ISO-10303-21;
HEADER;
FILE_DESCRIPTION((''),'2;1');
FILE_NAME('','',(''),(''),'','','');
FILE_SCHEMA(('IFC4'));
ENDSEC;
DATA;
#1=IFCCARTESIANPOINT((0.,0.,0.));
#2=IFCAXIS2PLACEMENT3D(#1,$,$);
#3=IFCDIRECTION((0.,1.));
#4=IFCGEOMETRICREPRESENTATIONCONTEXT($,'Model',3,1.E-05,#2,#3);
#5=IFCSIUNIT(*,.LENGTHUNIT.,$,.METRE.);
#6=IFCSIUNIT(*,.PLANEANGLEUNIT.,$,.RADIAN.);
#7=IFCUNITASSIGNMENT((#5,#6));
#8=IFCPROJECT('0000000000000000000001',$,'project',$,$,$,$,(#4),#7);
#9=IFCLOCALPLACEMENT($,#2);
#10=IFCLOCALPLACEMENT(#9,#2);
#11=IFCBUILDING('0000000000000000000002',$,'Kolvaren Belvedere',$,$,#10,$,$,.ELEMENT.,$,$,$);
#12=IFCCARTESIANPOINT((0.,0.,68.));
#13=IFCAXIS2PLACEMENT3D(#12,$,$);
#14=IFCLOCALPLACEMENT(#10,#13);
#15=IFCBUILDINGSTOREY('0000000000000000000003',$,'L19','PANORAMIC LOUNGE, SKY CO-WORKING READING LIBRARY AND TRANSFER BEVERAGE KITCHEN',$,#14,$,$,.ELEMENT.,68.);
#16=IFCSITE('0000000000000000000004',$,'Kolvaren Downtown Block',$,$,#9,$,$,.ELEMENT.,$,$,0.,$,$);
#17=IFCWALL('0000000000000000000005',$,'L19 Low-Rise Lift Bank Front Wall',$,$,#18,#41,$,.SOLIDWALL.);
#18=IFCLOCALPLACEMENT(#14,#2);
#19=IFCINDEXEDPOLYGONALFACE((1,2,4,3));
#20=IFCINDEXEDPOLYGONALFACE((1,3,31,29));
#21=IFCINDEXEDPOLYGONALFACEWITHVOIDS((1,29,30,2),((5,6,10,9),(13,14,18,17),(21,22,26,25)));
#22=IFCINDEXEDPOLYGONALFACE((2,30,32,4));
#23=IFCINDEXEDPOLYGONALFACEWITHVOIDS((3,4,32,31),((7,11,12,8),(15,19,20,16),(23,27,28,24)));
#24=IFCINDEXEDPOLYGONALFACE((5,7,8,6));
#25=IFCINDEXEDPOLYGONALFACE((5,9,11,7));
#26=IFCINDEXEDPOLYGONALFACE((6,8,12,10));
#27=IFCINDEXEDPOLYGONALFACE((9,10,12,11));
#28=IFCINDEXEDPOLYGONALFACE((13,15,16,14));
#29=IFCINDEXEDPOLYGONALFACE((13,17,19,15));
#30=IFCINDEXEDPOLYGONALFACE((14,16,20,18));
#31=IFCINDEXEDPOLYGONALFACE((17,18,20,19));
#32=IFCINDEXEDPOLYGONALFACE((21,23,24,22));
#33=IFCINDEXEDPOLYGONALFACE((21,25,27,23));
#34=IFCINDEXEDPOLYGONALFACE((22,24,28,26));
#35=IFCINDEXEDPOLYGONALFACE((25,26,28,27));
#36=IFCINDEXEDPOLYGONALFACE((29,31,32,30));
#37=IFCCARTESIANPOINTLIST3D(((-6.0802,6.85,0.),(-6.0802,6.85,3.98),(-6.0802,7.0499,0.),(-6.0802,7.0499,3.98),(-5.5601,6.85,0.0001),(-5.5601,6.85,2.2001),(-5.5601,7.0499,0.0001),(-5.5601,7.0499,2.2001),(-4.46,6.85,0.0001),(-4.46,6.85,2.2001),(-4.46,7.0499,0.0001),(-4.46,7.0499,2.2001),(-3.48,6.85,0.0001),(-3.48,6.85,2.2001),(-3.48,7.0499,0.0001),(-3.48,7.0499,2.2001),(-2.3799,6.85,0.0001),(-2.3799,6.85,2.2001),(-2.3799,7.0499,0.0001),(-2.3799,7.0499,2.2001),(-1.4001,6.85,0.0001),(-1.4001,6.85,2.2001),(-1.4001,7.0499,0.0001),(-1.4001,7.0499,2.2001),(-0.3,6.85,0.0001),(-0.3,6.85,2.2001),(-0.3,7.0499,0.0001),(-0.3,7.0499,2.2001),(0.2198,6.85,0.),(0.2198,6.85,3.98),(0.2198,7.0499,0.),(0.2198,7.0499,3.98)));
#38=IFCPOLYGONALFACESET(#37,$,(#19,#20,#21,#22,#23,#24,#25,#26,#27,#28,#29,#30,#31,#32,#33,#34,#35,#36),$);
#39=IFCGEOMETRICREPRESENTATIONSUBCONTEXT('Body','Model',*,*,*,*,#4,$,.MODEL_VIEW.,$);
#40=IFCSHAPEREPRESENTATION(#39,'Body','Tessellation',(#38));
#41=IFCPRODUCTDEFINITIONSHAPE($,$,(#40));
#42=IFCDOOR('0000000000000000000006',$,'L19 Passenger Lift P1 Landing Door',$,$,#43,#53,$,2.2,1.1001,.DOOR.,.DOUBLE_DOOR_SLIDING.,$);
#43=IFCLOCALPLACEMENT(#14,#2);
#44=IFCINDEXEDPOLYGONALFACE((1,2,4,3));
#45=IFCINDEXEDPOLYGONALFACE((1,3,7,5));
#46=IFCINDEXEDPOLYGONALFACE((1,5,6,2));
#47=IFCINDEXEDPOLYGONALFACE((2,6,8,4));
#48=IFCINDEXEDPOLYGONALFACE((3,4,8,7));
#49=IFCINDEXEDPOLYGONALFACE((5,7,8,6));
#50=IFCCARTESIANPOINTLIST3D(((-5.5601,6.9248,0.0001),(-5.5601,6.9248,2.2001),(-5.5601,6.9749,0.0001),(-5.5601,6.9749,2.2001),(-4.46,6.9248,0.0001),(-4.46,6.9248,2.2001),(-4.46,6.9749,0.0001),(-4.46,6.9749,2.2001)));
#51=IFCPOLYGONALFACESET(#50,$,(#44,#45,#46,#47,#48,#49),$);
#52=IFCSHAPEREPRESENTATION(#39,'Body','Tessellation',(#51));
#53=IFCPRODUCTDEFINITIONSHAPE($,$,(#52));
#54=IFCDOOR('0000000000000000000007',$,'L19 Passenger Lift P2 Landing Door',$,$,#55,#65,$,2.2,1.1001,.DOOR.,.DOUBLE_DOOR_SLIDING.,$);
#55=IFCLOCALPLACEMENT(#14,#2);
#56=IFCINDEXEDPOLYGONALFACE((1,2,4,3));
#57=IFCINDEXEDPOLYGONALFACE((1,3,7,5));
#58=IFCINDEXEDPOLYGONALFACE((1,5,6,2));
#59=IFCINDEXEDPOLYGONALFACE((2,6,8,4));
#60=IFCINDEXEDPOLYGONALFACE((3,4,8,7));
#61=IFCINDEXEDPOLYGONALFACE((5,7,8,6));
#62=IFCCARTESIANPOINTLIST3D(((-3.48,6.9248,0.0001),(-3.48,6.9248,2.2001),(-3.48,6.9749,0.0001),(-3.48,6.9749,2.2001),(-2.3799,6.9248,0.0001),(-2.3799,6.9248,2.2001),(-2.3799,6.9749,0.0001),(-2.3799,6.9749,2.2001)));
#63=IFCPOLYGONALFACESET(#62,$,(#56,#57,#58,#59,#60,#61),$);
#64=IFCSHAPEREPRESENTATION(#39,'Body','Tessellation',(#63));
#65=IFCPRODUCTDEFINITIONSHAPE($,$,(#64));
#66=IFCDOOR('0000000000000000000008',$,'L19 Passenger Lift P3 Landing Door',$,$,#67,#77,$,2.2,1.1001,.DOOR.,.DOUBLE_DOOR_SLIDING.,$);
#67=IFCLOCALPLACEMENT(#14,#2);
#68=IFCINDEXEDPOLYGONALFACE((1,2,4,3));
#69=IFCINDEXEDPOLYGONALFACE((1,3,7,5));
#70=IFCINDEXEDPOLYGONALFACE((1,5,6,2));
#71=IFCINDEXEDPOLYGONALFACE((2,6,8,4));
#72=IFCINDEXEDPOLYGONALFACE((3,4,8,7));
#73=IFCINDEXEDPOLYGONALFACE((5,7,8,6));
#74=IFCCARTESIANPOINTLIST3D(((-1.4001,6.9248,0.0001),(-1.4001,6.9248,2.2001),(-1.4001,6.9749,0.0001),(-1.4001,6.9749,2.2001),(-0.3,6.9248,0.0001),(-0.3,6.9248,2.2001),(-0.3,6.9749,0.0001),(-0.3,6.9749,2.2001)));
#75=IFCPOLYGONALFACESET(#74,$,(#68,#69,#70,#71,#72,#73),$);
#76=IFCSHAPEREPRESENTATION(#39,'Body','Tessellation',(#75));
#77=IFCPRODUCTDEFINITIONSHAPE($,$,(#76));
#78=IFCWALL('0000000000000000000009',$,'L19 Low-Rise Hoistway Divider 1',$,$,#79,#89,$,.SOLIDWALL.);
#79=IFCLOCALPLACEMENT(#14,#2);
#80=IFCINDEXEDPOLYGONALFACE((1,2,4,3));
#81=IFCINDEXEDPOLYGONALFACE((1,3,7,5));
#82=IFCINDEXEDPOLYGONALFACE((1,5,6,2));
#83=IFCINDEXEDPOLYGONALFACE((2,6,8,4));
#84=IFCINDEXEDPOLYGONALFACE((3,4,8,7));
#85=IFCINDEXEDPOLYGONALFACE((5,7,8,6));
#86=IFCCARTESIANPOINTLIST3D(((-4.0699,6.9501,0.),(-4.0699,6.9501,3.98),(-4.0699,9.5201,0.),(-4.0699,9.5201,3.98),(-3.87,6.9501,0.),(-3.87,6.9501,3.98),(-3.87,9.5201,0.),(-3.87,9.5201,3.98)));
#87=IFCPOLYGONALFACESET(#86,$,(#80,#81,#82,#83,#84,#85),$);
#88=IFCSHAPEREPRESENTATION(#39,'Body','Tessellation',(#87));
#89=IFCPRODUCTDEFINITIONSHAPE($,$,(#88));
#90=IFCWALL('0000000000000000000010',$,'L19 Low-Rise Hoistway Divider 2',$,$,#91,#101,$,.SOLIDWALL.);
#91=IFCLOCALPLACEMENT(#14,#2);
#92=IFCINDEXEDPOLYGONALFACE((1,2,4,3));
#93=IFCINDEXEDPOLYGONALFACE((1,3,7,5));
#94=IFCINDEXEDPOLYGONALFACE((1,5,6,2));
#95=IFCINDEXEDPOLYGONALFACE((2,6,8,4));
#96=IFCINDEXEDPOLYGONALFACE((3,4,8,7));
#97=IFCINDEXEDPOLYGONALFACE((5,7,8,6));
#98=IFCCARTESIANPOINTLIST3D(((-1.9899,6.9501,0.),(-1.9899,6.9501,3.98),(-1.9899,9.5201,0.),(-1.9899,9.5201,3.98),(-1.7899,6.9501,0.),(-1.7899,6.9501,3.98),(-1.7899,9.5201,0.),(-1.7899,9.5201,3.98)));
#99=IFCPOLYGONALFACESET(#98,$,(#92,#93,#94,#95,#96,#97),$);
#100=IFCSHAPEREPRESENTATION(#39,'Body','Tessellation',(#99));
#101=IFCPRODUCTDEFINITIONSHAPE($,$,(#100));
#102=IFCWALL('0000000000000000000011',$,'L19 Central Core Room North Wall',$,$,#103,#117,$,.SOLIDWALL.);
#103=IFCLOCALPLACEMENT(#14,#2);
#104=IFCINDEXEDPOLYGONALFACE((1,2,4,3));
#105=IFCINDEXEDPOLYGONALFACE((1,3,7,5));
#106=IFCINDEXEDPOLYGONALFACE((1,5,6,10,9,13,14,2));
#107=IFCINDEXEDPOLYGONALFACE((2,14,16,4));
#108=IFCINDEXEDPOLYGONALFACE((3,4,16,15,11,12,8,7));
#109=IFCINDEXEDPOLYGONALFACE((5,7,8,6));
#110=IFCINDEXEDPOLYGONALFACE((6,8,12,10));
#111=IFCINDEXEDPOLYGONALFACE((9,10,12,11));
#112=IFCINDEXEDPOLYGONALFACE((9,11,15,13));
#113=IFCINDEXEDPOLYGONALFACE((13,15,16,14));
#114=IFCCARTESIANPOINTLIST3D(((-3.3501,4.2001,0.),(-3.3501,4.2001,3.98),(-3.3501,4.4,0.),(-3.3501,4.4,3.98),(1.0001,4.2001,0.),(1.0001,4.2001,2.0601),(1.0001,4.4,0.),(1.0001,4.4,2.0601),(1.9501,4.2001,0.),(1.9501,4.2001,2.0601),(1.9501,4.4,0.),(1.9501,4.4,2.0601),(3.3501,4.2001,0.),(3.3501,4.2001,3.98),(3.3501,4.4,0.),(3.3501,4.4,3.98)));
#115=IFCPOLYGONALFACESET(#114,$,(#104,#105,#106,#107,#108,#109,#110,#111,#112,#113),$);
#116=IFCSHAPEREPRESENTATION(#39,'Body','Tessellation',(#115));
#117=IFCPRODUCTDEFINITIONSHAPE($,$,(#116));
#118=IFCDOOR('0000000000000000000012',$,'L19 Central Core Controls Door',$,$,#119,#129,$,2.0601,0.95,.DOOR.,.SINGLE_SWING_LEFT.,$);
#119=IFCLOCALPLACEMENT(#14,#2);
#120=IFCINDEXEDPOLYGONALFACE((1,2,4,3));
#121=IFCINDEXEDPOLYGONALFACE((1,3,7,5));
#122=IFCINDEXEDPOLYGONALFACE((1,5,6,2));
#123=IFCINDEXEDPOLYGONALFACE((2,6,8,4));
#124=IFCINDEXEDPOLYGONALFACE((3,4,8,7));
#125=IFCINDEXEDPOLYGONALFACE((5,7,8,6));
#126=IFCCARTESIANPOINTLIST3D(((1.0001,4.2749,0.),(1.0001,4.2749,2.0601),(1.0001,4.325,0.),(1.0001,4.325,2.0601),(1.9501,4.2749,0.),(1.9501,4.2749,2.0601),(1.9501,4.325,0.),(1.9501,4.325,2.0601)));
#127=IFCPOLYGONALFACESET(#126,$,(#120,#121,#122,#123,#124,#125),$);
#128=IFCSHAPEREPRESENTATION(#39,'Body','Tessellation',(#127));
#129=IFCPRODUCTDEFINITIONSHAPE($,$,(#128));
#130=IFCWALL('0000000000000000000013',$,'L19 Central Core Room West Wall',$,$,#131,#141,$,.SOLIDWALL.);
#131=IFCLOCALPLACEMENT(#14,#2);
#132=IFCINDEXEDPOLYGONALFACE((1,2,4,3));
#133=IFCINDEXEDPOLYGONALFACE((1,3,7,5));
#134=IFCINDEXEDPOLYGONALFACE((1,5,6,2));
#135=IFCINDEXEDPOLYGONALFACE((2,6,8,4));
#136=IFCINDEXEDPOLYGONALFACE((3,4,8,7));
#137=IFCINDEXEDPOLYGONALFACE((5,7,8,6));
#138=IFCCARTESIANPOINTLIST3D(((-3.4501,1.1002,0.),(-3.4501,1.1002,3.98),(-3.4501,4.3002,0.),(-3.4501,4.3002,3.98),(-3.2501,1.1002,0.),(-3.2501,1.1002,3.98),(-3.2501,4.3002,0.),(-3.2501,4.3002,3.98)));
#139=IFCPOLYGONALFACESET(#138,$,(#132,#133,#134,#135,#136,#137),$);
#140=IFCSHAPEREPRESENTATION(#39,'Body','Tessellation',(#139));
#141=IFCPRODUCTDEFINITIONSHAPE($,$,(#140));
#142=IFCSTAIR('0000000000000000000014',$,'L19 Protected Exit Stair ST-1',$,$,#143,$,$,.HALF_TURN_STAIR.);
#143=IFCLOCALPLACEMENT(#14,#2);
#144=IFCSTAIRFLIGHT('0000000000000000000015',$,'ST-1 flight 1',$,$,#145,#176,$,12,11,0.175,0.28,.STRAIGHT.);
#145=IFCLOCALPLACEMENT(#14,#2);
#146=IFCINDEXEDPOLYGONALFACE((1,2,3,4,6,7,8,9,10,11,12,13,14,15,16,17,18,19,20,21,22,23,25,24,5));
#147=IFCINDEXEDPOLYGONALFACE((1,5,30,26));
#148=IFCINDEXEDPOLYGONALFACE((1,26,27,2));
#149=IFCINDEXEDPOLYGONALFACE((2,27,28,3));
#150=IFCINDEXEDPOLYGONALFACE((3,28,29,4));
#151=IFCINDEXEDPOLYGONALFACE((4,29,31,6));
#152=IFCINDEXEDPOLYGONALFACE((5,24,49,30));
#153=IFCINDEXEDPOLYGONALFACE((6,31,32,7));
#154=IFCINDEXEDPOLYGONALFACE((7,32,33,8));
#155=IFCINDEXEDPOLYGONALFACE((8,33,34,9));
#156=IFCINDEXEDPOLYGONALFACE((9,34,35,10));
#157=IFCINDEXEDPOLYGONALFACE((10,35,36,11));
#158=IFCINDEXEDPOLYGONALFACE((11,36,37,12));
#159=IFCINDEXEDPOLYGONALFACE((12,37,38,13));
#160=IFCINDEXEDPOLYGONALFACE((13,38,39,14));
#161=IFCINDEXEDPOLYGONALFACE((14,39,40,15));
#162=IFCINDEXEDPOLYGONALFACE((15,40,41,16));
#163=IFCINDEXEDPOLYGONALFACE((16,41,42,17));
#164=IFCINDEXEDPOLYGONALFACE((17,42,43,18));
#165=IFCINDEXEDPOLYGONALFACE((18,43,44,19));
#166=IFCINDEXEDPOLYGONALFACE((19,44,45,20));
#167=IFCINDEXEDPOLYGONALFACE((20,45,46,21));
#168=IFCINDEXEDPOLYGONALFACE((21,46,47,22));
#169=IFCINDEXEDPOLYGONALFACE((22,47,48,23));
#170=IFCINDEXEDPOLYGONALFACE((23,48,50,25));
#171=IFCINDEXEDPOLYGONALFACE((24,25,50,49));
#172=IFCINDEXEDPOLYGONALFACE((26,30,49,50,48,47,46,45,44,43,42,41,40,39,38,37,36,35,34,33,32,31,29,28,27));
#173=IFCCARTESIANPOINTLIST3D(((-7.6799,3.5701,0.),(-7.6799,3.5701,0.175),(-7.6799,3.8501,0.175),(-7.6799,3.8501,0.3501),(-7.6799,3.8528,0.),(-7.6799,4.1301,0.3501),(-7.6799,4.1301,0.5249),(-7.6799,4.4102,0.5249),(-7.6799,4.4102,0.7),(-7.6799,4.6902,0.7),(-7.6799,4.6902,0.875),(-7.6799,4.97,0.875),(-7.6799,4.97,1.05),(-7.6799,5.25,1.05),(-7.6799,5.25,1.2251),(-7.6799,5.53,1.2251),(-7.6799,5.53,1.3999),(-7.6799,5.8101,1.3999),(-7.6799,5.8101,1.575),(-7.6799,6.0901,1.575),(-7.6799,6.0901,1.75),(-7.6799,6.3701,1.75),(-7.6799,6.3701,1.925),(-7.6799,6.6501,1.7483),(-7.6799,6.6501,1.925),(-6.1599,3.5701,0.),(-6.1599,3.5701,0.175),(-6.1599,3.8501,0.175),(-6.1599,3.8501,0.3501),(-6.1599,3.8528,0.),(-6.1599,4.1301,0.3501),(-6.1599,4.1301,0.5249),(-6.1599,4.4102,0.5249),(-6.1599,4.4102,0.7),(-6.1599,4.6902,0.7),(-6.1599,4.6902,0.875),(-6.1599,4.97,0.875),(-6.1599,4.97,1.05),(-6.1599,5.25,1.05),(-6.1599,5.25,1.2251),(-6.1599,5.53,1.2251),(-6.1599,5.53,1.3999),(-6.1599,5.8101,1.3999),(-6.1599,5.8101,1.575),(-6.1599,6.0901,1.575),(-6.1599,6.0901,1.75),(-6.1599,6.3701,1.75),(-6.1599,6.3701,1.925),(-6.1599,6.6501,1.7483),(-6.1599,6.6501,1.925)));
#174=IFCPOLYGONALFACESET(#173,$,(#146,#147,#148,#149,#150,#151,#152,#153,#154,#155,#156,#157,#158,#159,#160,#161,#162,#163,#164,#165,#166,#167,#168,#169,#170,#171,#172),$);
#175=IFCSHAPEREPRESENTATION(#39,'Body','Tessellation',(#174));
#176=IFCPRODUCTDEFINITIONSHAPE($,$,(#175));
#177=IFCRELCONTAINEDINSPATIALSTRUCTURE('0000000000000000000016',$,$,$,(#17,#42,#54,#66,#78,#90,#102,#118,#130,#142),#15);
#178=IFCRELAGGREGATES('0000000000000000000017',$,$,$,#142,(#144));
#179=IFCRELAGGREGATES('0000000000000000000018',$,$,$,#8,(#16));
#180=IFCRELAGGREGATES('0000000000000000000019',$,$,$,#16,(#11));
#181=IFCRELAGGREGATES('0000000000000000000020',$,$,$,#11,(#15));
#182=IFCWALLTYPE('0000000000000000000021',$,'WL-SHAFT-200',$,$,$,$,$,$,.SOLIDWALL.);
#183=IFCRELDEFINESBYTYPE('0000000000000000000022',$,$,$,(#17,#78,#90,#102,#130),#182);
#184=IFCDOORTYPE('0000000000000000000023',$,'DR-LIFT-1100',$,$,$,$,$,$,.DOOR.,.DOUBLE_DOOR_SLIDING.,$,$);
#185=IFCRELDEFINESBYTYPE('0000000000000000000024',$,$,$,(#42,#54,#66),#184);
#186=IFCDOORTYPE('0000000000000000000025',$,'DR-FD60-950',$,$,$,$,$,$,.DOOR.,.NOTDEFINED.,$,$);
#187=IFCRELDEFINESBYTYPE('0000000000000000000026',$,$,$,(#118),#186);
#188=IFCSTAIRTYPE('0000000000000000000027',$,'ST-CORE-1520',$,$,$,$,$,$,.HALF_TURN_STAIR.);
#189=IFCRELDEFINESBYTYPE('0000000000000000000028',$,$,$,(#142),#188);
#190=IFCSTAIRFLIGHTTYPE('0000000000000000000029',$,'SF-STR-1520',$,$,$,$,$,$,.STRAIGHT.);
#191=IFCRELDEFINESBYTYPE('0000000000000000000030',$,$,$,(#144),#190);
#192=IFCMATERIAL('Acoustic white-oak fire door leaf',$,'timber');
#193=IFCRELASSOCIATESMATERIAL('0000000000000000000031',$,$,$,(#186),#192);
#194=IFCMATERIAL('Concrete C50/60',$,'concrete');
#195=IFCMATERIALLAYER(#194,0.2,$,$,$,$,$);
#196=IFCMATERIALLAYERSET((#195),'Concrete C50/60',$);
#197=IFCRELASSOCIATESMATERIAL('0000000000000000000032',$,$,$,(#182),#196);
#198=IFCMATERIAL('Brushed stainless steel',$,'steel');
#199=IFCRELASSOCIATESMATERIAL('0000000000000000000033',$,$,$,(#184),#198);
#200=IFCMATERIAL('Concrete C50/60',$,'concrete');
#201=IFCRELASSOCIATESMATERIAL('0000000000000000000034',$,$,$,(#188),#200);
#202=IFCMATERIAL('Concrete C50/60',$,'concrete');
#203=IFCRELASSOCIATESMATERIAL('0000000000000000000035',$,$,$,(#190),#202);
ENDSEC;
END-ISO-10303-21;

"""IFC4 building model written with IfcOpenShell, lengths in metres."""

from ifc_helpers import new_model, si_unit, direction, frame, frame_2d, origin, place, context, subcontext, project, spatial, polyline, rectangle, outline, extrude, material, layer, layer_set, type_object, element, fill, aggregate, save


model = new_model("IFC4")

# Units and contexts
model_context = context("Model", 3, precision=1e-05, world=origin(), true_north=direction((0.0, 1.0)))
body_context = subcontext(model_context, "Body", "Model", "MODEL_VIEW")
ifc_project = project(units=[si_unit("LENGTHUNIT", "METRE"), si_unit("PLANEANGLEUNIT", "RADIAN")], contexts=[model_context])

# Site, building, storey
site_placement = place(None, origin())
site = spatial("IfcSite", under=ifc_project, at=site_placement, Name="Kolvaren Downtown Block", CompositionType="ELEMENT", RefElevation=0.0)
building_placement = place(site_placement, origin())
building = spatial("IfcBuilding", under=site, at=building_placement, Name="Kolvaren Belvedere", CompositionType="ELEMENT")
storey_placement = place(building_placement, frame((0.0, 0.0, 68.0)))
storey = spatial("IfcBuildingStorey", under=building, at=storey_placement, Name="L19", Description="PANORAMIC LOUNGE, SKY CO-WORKING READING LIBRARY AND TRANSFER BEVERAGE KITCHEN", CompositionType="ELEMENT", Elevation=68.0)

# Shared definitions
ifc_material_1 = material(Name="Acoustic white-oak fire door leaf", Category="timber")
door_type_1 = type_object("IfcDoorType", Name="DR-FD60-950", OperationType="NOTDEFINED", PredefinedType="DOOR", material=ifc_material_1)

# Shared definitions
ifc_material_2 = material(Name="Concrete C50/60", Category="concrete")
ifc_layer_1 = layer(ifc_material_2, 0.2)
ifc_layer_set_1 = layer_set([ifc_layer_1], Name="Concrete C50/60")
wall_type_1 = type_object("IfcWallType", Name="WL-SHAFT-200", PredefinedType="SOLIDWALL", material=ifc_layer_set_1)

# Wall, openings, doors
wall_1_placement = place(storey_placement, frame((-6.0801, 6.95, 0.0), z_axis=(0.0, 0.0, 1.0), x_axis=(1.0, 0.0, 0.0)))
wall_1 = element("IfcWall", 1, at=wall_1_placement, inside=storey, type_object=wall_type_1, Name="L19 Low-Rise Lift Bank Front Wall", PredefinedType="SOLIDWALL", context=body_context, shape_type="SweptSolid", body=[
    extrude(rectangle(XDim=6.3, YDim=0.2, at=frame_2d((3.1499, 0.0))), origin(), (0.0, 0.0, 1.0), 3.98),
])
opening_1_placement = place(wall_1_placement, frame((0.52, 0.0, 0.0)))
opening_1 = element("IfcOpeningElement", 2, at=opening_1_placement, cuts=wall_1, PredefinedType="OPENING", context=body_context, shape_type="SweptSolid", body=[
    extrude(rectangle(XDim=1.1001, YDim=2.2, at=frame_2d((0.55, 1.1001))), frame((0.0, 0.1099, 0.0), z_axis=(0.0, -1.0, 0.0), x_axis=(1.0, 0.0, 0.0)), (0.0, 0.0, 1.0), 0.22),
])
opening_2_placement = place(wall_1_placement, frame((2.6001, 0.0, 0.0)))
opening_2 = element("IfcOpeningElement", 3, at=opening_2_placement, cuts=wall_1, PredefinedType="OPENING", context=body_context, shape_type="SweptSolid", body=[
    extrude(rectangle(XDim=1.1001, YDim=2.2, at=frame_2d((0.55, 1.1001))), frame((0.0, 0.1099, 0.0), z_axis=(0.0, -1.0, 0.0), x_axis=(1.0, 0.0, 0.0)), (0.0, 0.0, 1.0), 0.22),
])
opening_3_placement = place(wall_1_placement, frame((4.6799, 0.0, 0.0)))
opening_3 = element("IfcOpeningElement", 4, at=opening_3_placement, cuts=wall_1, PredefinedType="OPENING", context=body_context, shape_type="SweptSolid", body=[
    extrude(rectangle(XDim=1.1001, YDim=2.2, at=frame_2d((0.55, 1.1001))), frame((0.0, 0.1099, 0.0), z_axis=(0.0, -1.0, 0.0), x_axis=(1.0, 0.0, 0.0)), (0.0, 0.0, 1.0), 0.22),
])
ifc_material_3 = material(Name="Brushed stainless steel", Category="steel")
door_type_2 = type_object("IfcDoorType", Name="DR-LIFT-1100", OperationType="DOUBLE_DOOR_SLIDING", PredefinedType="DOOR", material=ifc_material_3)
door_1_placement = place(opening_1_placement, origin())
door_1 = element("IfcDoor", 5, at=door_1_placement, inside=storey, type_object=door_type_2, Name="L19 Passenger Lift P1 Landing Door", OperationType="DOUBLE_DOOR_SLIDING", OverallHeight=2.2, OverallWidth=1.1001, PredefinedType="DOOR", context=body_context, shape_type="SweptSolid", body=[
    extrude(rectangle(XDim=1.1001, YDim=2.2, at=frame_2d((0.55, 1.1001))), frame((0.0, 0.0249, 0.0), z_axis=(0.0, -1.0, 0.0), x_axis=(1.0, 0.0, 0.0)), (0.0, 0.0, 1.0), 0.05),
])
fill(opening_1, door_1)
door_2_placement = place(opening_2_placement, origin())
door_2 = element("IfcDoor", 6, at=door_2_placement, inside=storey, type_object=door_type_2, Name="L19 Passenger Lift P2 Landing Door", OperationType="DOUBLE_DOOR_SLIDING", OverallHeight=2.2, OverallWidth=1.1001, PredefinedType="DOOR", context=body_context, shape_type="SweptSolid", body=[
    extrude(rectangle(XDim=1.1001, YDim=2.2, at=frame_2d((0.55, 1.1001))), frame((0.0, 0.0249, 0.0), z_axis=(0.0, -1.0, 0.0), x_axis=(1.0, 0.0, 0.0)), (0.0, 0.0, 1.0), 0.05),
])
fill(opening_2, door_2)
door_3_placement = place(opening_3_placement, origin())
door_3 = element("IfcDoor", 7, at=door_3_placement, inside=storey, type_object=door_type_2, Name="L19 Passenger Lift P3 Landing Door", OperationType="DOUBLE_DOOR_SLIDING", OverallHeight=2.2, OverallWidth=1.1001, PredefinedType="DOOR", context=body_context, shape_type="SweptSolid", body=[
    extrude(rectangle(XDim=1.1001, YDim=2.2, at=frame_2d((0.55, 1.1001))), frame((0.0, 0.0249, 0.0), z_axis=(0.0, -1.0, 0.0), x_axis=(1.0, 0.0, 0.0)), (0.0, 0.0, 1.0), 0.05),
])
fill(opening_3, door_3)

# Walls
for number, where, z_axis, x_axis, name in (
    (8, (-3.97, 6.95, 0.0), (0.0, 0.0, 1.0), (0.0, 1.0, 0.0), "L19 Low-Rise Hoistway Divider 1"),
    (9, (-1.8899, 6.95, 0.0), (0.0, 0.0, 1.0), (0.0, 1.0, 0.0), "L19 Low-Rise Hoistway Divider 2"),
):
    element("IfcWall", number, at=place(storey_placement, frame(where, z_axis=z_axis, x_axis=x_axis)), inside=storey, type_object=wall_type_1, Name=name, PredefinedType="SOLIDWALL", context=body_context, shape_type="SweptSolid", body=[
        extrude(rectangle(XDim=2.5701, YDim=0.2, at=frame_2d((1.2852, 0.0))), origin(), (0.0, 0.0, 1.0), 3.98),
    ])

# Wall, opening, door
wall_2_placement = place(storey_placement, frame((-3.3501, 4.3, 0.0), z_axis=(0.0, 0.0, 1.0), x_axis=(1.0, 0.0, 0.0)))
wall_2 = element("IfcWall", 10, at=wall_2_placement, inside=storey, type_object=wall_type_1, Name="L19 Central Core Room North Wall", PredefinedType="SOLIDWALL", context=body_context, shape_type="SweptSolid", body=[
    extrude(rectangle(XDim=6.7002, YDim=0.2, at=frame_2d((3.3501, 0.0))), origin(), (0.0, 0.0, 1.0), 3.98),
])
opening_4_placement = place(wall_2_placement, frame((4.3501, 0.0, 0.0)))
opening_4 = element("IfcOpeningElement", 11, at=opening_4_placement, cuts=wall_2, PredefinedType="OPENING", context=body_context, shape_type="SweptSolid", body=[
    extrude(rectangle(XDim=0.95, YDim=2.0601, at=frame_2d((0.4751, 1.03))), frame((0.0, 0.1099, 0.0), z_axis=(0.0, -1.0, 0.0), x_axis=(1.0, 0.0, 0.0)), (0.0, 0.0, 1.0), 0.22),
])
door_4_placement = place(opening_4_placement, origin())
door_4 = element("IfcDoor", 12, at=door_4_placement, inside=storey, type_object=door_type_1, Name="L19 Central Core Controls Door", OperationType="SINGLE_SWING_LEFT", OverallHeight=2.0601, OverallWidth=0.95, PredefinedType="DOOR", context=body_context, shape_type="SweptSolid", body=[
    extrude(rectangle(XDim=0.95, YDim=2.0601, at=frame_2d((0.4751, 1.03))), frame((0.0, 0.0249, 0.0), z_axis=(0.0, -1.0, 0.0), x_axis=(1.0, 0.0, 0.0)), (0.0, 0.0, 1.0), 0.05),
])
fill(opening_4, door_4)

# Wall
wall_3_placement = place(storey_placement, frame((-3.3501, 1.1001, 0.0), z_axis=(0.0, 0.0, 1.0), x_axis=(0.0, 1.0, 0.0)))
element("IfcWall", 13, at=wall_3_placement, inside=storey, type_object=wall_type_1, Name="L19 Central Core Room West Wall", PredefinedType="SOLIDWALL", context=body_context, shape_type="SweptSolid", body=[
    extrude(rectangle(XDim=3.2, YDim=0.2, at=frame_2d((1.6001, 0.0))), origin(), (0.0, 0.0, 1.0), 3.98),
])

# Stair, stair flight
ifc_material_4 = material(Name="Concrete C50/60", Category="concrete")
stair_type = type_object("IfcStairType", Name="ST-CORE-1520", PredefinedType="HALF_TURN_STAIR", material=ifc_material_4)
stair_placement = place(storey_placement, origin())
stair = element("IfcStair", 14, at=stair_placement, inside=storey, type_object=stair_type, Name="L19 Protected Exit Stair ST-1", PredefinedType="HALF_TURN_STAIR")
ifc_material_5 = material(Name="Concrete C50/60", Category="concrete")
stair_flight_type = type_object("IfcStairFlightType", Name="SF-STR-1520", PredefinedType="STRAIGHT", material=ifc_material_5)
stair_flight_placement = place(storey_placement, frame((-6.9199, 3.5701, 0.0), z_axis=(0.0, 0.0, 1.0), x_axis=(0.0, 1.0, 0.0)))
stair_flight = element("IfcStairFlight", 15, at=stair_flight_placement, type_object=stair_flight_type, Name="ST-1 flight 1", NumberOfRisers=12, NumberOfTreads=11, PredefinedType="STRAIGHT", RiserHeight=0.175, TreadLength=0.28, context=body_context, shape_type="SweptSolid", body=[
    extrude(outline(polyline([(0.0, 0.0), (0.0, 0.175), (0.28, 0.175), (0.28, 0.3501), (0.5601, 0.3501), (0.5601, 0.5249), (0.8401, 0.5249), (0.8401, 0.7), (1.1201, 0.7), (1.1201, 0.875), (1.3999, 0.875), (1.3999, 1.05), (1.6799, 1.05), (1.6799, 1.2251), (1.96, 1.2251), (1.96, 1.3999), (2.24, 1.3999), (2.24, 1.575), (2.52, 1.575), (2.52, 1.75), (2.8, 1.75), (2.8, 1.925), (3.0801, 1.925), (3.0801, 2.1001), (3.0801, 1.7483), (0.2827, 0.0), (0.0, 0.0)])), frame((0.0, 0.76, 0.0), z_axis=(0.0, -1.0, 0.0), x_axis=(1.0, 0.0, 0.0)), (0.0, 0.0, 1.0), 1.52),
])
aggregate(stair, [stair_flight])

save(model, "model.ifc")
